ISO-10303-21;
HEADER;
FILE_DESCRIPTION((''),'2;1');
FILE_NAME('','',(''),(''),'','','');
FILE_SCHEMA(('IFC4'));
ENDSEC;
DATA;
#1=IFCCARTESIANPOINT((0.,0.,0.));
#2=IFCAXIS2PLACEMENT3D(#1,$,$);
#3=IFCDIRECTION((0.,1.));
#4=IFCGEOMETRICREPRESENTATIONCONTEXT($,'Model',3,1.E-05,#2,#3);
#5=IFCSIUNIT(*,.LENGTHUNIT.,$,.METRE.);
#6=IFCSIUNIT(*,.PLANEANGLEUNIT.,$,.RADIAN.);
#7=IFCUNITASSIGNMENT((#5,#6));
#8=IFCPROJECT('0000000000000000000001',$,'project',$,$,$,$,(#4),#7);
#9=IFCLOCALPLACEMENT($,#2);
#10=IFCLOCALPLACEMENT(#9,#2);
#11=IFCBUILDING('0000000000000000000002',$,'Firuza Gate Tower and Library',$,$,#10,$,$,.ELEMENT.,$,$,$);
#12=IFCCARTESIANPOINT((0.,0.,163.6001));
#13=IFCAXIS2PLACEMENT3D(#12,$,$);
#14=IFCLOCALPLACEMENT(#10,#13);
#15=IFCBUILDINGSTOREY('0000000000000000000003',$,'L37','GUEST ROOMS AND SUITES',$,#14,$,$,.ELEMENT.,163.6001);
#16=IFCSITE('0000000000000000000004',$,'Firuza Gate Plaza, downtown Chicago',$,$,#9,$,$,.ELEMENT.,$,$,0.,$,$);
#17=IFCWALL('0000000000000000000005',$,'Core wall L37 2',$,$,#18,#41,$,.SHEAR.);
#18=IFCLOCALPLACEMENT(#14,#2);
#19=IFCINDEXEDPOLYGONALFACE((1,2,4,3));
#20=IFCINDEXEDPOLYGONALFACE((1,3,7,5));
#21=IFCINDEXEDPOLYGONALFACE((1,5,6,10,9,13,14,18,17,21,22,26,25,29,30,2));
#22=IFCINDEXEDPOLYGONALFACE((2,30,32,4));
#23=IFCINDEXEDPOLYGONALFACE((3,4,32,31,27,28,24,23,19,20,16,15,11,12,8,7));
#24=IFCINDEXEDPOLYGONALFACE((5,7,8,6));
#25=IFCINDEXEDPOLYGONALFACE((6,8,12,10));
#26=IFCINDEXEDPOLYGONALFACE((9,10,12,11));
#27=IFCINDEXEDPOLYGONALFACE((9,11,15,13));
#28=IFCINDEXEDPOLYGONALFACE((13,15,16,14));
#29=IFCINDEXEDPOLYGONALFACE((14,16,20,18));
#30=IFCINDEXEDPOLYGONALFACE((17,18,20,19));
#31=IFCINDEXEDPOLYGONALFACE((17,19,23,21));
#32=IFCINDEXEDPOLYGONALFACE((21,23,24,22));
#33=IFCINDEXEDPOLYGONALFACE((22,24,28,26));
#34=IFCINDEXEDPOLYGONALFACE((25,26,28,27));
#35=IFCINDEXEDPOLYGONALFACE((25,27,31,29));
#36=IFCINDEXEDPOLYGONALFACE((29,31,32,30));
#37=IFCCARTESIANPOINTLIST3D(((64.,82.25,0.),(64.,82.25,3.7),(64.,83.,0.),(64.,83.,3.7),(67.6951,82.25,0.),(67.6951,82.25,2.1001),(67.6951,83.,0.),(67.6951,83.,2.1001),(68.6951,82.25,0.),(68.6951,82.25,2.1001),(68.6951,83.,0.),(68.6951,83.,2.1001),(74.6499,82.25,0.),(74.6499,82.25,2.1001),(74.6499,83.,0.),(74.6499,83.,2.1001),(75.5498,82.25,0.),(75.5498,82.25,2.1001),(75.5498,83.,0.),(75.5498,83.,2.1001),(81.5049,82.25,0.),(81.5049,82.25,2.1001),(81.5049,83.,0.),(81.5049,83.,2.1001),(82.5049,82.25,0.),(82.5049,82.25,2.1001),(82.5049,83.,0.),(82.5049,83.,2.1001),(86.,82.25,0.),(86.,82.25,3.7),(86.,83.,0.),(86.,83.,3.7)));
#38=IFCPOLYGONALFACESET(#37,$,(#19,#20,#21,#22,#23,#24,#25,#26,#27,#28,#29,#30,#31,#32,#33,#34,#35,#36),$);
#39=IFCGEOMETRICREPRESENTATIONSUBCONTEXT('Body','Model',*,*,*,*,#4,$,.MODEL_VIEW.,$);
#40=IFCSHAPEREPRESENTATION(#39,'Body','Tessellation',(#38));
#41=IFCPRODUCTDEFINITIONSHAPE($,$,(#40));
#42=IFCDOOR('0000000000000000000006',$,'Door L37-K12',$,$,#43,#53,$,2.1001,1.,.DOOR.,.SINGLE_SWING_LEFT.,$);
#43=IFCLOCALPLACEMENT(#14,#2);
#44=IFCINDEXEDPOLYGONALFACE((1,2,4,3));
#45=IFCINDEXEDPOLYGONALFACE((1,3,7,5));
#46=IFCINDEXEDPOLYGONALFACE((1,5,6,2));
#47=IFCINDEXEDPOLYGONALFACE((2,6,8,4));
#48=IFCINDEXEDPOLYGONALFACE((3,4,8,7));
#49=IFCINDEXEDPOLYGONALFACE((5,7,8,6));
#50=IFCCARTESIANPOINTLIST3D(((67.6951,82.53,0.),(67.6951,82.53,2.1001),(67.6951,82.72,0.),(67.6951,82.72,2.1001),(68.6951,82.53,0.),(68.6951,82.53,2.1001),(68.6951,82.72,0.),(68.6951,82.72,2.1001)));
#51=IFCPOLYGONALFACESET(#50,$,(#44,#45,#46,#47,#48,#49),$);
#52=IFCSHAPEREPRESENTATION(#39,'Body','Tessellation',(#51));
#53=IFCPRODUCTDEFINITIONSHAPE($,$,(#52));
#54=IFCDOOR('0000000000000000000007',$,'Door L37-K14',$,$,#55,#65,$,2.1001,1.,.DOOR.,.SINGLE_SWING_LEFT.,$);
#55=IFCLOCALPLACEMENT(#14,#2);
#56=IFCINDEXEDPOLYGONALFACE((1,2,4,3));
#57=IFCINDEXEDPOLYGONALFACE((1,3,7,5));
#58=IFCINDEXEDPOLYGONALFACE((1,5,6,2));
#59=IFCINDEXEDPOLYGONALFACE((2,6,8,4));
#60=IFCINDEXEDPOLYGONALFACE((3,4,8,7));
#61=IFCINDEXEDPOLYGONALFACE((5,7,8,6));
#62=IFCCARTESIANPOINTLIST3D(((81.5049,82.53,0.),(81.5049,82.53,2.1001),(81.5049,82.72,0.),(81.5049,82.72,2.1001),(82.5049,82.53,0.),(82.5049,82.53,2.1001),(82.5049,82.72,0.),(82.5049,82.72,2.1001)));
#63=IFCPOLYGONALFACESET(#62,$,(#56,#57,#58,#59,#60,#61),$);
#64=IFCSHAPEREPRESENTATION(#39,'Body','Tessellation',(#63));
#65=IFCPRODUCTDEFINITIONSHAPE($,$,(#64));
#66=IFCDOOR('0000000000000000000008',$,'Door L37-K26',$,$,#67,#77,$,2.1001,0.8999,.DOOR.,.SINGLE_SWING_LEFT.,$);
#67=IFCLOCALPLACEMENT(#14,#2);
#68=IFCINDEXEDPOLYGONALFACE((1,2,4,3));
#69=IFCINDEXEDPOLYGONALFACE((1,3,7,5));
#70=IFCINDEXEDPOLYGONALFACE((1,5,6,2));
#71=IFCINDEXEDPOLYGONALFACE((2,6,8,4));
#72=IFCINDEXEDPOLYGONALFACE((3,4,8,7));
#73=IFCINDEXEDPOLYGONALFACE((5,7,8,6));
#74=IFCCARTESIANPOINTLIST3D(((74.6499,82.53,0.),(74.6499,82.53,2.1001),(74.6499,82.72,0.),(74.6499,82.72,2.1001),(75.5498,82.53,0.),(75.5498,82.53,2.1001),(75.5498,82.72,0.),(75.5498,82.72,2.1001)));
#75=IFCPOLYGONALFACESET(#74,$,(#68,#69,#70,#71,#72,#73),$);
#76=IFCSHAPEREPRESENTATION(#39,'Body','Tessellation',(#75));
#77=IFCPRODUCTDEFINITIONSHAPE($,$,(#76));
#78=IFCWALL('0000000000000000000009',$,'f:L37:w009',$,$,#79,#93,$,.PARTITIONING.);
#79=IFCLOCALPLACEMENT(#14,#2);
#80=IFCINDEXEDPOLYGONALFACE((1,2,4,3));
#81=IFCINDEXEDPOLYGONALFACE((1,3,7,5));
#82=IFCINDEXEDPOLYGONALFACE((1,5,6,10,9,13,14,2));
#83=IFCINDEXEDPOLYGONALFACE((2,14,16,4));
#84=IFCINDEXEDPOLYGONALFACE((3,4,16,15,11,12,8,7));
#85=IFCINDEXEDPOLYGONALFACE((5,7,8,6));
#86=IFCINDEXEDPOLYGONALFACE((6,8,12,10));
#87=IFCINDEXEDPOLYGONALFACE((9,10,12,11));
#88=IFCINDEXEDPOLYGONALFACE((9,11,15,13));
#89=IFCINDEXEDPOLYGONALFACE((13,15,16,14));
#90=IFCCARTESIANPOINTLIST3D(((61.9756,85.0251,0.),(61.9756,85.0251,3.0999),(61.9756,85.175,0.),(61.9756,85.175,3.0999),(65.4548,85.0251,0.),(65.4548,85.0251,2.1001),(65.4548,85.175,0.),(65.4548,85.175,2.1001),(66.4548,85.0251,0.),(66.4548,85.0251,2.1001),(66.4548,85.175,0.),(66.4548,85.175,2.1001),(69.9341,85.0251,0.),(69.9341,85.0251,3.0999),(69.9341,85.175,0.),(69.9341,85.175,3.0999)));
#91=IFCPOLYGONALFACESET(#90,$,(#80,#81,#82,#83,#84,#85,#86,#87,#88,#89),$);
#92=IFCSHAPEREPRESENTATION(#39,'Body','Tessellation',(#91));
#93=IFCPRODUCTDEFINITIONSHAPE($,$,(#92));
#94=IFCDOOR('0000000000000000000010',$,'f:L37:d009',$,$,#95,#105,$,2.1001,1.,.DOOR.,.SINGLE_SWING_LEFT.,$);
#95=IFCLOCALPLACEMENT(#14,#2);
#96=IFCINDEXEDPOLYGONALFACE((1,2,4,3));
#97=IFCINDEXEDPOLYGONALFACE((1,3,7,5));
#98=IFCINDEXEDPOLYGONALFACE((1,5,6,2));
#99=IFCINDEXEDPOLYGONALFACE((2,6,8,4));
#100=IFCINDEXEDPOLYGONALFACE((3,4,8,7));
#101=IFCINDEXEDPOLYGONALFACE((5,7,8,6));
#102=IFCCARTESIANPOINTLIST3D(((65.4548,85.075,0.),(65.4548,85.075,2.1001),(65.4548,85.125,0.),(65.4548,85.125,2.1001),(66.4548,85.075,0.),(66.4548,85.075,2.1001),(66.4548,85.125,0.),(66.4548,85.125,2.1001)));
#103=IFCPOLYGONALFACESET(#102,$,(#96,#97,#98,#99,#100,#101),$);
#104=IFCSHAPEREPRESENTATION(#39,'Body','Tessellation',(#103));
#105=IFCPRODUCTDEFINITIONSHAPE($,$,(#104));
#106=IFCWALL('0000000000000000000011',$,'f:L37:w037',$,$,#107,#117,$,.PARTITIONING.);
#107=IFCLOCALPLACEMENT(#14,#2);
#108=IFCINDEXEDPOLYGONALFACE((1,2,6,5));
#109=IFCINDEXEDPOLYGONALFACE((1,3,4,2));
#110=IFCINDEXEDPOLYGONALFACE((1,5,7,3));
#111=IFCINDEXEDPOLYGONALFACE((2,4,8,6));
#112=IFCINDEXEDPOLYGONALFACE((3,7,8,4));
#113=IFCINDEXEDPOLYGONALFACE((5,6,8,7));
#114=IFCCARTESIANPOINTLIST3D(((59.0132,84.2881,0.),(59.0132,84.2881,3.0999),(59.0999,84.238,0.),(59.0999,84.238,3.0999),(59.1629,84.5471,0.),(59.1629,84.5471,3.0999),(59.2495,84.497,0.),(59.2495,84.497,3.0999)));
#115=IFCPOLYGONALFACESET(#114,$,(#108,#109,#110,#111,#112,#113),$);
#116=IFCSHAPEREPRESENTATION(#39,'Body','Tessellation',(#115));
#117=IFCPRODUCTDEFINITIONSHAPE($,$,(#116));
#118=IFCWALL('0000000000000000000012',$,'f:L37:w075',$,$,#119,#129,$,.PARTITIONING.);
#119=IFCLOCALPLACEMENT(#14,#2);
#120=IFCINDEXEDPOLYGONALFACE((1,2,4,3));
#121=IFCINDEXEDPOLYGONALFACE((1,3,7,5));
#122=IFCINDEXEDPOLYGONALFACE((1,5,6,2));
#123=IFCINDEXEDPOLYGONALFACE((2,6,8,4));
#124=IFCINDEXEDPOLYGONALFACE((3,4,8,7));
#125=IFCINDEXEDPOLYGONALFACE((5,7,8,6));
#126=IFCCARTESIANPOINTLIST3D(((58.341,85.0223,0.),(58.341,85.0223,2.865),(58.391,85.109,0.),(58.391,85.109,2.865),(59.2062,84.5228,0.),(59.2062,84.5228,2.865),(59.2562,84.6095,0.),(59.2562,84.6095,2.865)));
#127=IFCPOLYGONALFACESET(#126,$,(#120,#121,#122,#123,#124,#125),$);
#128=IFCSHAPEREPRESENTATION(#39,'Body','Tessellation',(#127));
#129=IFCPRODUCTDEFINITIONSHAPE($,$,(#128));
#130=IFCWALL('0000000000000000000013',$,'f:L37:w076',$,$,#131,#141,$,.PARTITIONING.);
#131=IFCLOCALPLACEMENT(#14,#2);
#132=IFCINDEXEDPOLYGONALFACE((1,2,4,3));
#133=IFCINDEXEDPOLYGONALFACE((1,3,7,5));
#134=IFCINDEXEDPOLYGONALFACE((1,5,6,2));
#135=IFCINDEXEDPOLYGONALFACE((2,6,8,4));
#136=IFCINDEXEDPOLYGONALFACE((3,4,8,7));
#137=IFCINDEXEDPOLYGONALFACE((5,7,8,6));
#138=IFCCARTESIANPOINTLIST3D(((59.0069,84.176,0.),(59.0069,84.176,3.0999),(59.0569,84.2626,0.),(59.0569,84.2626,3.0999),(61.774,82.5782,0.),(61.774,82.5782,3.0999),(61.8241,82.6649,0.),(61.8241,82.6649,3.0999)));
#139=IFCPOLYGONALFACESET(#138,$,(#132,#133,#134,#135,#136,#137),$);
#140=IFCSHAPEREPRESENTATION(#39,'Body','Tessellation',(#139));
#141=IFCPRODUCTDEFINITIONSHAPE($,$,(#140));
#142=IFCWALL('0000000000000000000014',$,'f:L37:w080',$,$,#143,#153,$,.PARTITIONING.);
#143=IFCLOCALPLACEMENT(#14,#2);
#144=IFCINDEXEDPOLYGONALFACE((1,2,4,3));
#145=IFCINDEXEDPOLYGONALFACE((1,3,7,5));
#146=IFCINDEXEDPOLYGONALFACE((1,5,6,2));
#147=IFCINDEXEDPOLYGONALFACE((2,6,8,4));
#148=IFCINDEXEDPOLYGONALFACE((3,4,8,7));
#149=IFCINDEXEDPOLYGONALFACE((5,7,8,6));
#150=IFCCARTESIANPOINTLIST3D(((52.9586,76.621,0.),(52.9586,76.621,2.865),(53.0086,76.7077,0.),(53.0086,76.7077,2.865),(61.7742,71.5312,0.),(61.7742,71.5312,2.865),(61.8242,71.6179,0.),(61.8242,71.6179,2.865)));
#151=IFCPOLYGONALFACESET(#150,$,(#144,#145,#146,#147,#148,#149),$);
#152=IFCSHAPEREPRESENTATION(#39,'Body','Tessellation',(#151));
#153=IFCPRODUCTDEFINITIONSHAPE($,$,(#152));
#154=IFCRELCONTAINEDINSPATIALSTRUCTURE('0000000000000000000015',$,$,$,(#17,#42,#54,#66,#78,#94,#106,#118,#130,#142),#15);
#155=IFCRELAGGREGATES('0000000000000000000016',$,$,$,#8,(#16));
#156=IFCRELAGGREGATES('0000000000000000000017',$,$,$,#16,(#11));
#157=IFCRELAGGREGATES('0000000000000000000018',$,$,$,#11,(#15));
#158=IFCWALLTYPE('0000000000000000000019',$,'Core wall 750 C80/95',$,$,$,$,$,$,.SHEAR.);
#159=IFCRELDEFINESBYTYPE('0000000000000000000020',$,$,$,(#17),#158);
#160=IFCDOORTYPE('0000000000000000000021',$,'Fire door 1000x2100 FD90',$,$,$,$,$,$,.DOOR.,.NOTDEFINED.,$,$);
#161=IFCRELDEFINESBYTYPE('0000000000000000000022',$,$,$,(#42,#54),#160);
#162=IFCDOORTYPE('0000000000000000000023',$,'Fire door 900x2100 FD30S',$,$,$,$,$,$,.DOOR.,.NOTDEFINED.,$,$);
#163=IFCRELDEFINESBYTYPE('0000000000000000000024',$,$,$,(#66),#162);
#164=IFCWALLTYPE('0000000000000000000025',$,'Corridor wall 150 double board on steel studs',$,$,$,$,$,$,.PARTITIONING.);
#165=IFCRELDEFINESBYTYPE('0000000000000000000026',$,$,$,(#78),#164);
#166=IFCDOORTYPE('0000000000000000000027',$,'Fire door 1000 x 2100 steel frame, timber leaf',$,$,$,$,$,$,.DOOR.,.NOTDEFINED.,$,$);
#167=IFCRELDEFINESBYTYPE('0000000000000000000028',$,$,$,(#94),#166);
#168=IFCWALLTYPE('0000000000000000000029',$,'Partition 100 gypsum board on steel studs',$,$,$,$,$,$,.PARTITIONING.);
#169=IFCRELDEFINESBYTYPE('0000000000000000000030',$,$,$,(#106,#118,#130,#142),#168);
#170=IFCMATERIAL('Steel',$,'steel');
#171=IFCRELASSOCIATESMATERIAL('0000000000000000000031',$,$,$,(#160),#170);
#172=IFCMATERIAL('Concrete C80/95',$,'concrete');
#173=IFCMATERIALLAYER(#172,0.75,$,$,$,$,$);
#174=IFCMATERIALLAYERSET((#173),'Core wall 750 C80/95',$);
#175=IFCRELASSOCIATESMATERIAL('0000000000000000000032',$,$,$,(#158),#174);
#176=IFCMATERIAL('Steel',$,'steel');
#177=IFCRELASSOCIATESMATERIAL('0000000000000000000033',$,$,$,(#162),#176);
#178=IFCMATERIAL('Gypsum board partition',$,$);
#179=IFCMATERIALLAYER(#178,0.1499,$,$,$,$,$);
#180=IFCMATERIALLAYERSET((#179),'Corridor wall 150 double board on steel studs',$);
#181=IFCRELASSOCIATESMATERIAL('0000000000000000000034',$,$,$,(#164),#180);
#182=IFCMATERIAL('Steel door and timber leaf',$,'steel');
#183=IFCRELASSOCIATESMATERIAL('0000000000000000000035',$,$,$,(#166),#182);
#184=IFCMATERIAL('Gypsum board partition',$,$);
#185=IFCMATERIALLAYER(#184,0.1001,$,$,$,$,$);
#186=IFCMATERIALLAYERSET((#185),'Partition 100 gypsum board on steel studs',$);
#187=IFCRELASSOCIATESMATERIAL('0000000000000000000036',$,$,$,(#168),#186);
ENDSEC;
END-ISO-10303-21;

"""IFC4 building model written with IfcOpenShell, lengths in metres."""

from ifc_helpers import new_model, si_unit, direction, frame, frame_2d, origin, place, context, subcontext, project, spatial, rectangle, extrude, material, layer, layer_set, type_object, element, fill, save


model = new_model("IFC4")

# Units and contexts
model_context = context("Model", 3, precision=1e-05, world=origin(), true_north=direction((0.0, 1.0)))
body_context = subcontext(model_context, "Body", "Model", "MODEL_VIEW")
ifc_project = project(units=[si_unit("LENGTHUNIT", "METRE"), si_unit("PLANEANGLEUNIT", "RADIAN")], contexts=[model_context])

# Site, building, storey
site_placement = place(None, origin())
site = spatial("IfcSite", under=ifc_project, at=site_placement, Name="Firuza Gate Plaza, downtown Chicago", CompositionType="ELEMENT", RefElevation=0.0)
building_placement = place(site_placement, origin())
building = spatial("IfcBuilding", under=site, at=building_placement, Name="Firuza Gate Tower and Library", CompositionType="ELEMENT")
storey_placement = place(building_placement, frame((0.0, 0.0, 163.6001)))
storey = spatial("IfcBuildingStorey", under=building, at=storey_placement, Name="L37", Description="GUEST ROOMS AND SUITES", CompositionType="ELEMENT", Elevation=163.6001)

# Shared definitions
ifc_material_1 = material(Name="Steel", Category="steel")
door_type_1 = type_object("IfcDoorType", Name="Fire door 1000x2100 FD90", OperationType="NOTDEFINED", PredefinedType="DOOR", material=ifc_material_1)

# Wall, openings, doors
ifc_material_2 = material(Name="Concrete C80/95", Category="concrete")
ifc_layer_1 = layer(ifc_material_2, 0.75)
ifc_layer_set_1 = layer_set([ifc_layer_1], Name="Core wall 750 C80/95")
wall_type_1 = type_object("IfcWallType", Name="Core wall 750 C80/95", PredefinedType="SHEAR", material=ifc_layer_set_1)
wall_1_placement = place(storey_placement, frame((64.0, 82.625, 0.0), z_axis=(0.0, 0.0, 1.0), x_axis=(1.0, 0.0, 0.0)))
wall_1 = element("IfcWall", 1, at=wall_1_placement, inside=storey, type_object=wall_type_1, Name="Core wall L37 2", PredefinedType="SHEAR", context=body_context, shape_type="SweptSolid", body=[
    extrude(rectangle(XDim=22.0, YDim=0.75, at=frame_2d((11.0, 0.0))), origin(), (0.0, 0.0, 1.0), 3.7),
])
opening_1_placement = place(wall_1_placement, frame((3.6951, 0.0, 0.0)))
opening_1 = element("IfcOpeningElement", 2, at=opening_1_placement, cuts=wall_1, PredefinedType="OPENING", context=body_context, shape_type="SweptSolid", body=[
    extrude(rectangle(XDim=1.0, YDim=2.1001, at=frame_2d((0.5, 1.05))), frame((0.0, 0.385, 0.0), z_axis=(0.0, -1.0, 0.0), x_axis=(1.0, 0.0, 0.0)), (0.0, 0.0, 1.0), 0.77),
])
opening_2_placement = place(wall_1_placement, frame((17.5049, 0.0, 0.0)))
opening_2 = element("IfcOpeningElement", 3, at=opening_2_placement, cuts=wall_1, PredefinedType="OPENING", context=body_context, shape_type="SweptSolid", body=[
    extrude(rectangle(XDim=1.0, YDim=2.1001, at=frame_2d((0.5, 1.05))), frame((0.0, 0.385, 0.0), z_axis=(0.0, -1.0, 0.0), x_axis=(1.0, 0.0, 0.0)), (0.0, 0.0, 1.0), 0.77),
])
opening_3_placement = place(wall_1_placement, frame((10.6499, 0.0, 0.0)))
opening_3 = element("IfcOpeningElement", 4, at=opening_3_placement, cuts=wall_1, PredefinedType="OPENING", context=body_context, shape_type="SweptSolid", body=[
    extrude(rectangle(XDim=0.8999, YDim=2.1001, at=frame_2d((0.45, 1.05))), frame((0.0, 0.385, 0.0), z_axis=(0.0, -1.0, 0.0), x_axis=(1.0, 0.0, 0.0)), (0.0, 0.0, 1.0), 0.77),
])
door_1_placement = place(opening_1_placement, origin())
door_1 = element("IfcDoor", 5, at=door_1_placement, inside=storey, type_object=door_type_1, Name="Door L37-K12", OperationType="SINGLE_SWING_LEFT", OverallHeight=2.1001, OverallWidth=1.0, PredefinedType="DOOR", context=body_context, shape_type="SweptSolid", body=[
    extrude(rectangle(XDim=1.0, YDim=2.1001, at=frame_2d((0.5, 1.05))), frame((0.0, 0.095, 0.0), z_axis=(0.0, -1.0, 0.0), x_axis=(1.0, 0.0, 0.0)), (0.0, 0.0, 1.0), 0.1899),
])
fill(opening_1, door_1)
door_2_placement = place(opening_2_placement, origin())
door_2 = element("IfcDoor", 6, at=door_2_placement, inside=storey, type_object=door_type_1, Name="Door L37-K14", OperationType="SINGLE_SWING_LEFT", OverallHeight=2.1001, OverallWidth=1.0, PredefinedType="DOOR", context=body_context, shape_type="SweptSolid", body=[
    extrude(rectangle(XDim=1.0, YDim=2.1001, at=frame_2d((0.5, 1.05))), frame((0.0, 0.095, 0.0), z_axis=(0.0, -1.0, 0.0), x_axis=(1.0, 0.0, 0.0)), (0.0, 0.0, 1.0), 0.1899),
])
fill(opening_2, door_2)
ifc_material_3 = material(Name="Steel", Category="steel")
door_type_2 = type_object("IfcDoorType", Name="Fire door 900x2100 FD30S", OperationType="NOTDEFINED", PredefinedType="DOOR", material=ifc_material_3)
door_3_placement = place(opening_3_placement, origin())
door_3 = element("IfcDoor", 7, at=door_3_placement, inside=storey, type_object=door_type_2, Name="Door L37-K26", OperationType="SINGLE_SWING_LEFT", OverallHeight=2.1001, OverallWidth=0.8999, PredefinedType="DOOR", context=body_context, shape_type="SweptSolid", body=[
    extrude(rectangle(XDim=0.8999, YDim=2.1001, at=frame_2d((0.45, 1.05))), frame((0.0, 0.095, 0.0), z_axis=(0.0, -1.0, 0.0), x_axis=(1.0, 0.0, 0.0)), (0.0, 0.0, 1.0), 0.1899),
])
fill(opening_3, door_3)

# Wall, opening, door
ifc_material_4 = material(Name="Gypsum board partition")
ifc_layer_2 = layer(ifc_material_4, 0.1499)
ifc_layer_set_2 = layer_set([ifc_layer_2], Name="Corridor wall 150 double board on steel studs")
wall_type_2 = type_object("IfcWallType", Name="Corridor wall 150 double board on steel studs", PredefinedType="PARTITIONING", material=ifc_layer_set_2)
wall_2_placement = place(storey_placement, frame((61.9756, 85.1001, 0.0), z_axis=(0.0, 0.0, 1.0), x_axis=(1.0, 0.0, 0.0)))
wall_2 = element("IfcWall", 8, at=wall_2_placement, inside=storey, type_object=wall_type_2, Name="f:L37:w009", PredefinedType="PARTITIONING", context=body_context, shape_type="SweptSolid", body=[
    extrude(rectangle(XDim=7.9585, YDim=0.1499, at=frame_2d((3.9792, 0.0))), origin(), (0.0, 0.0, 1.0), 3.0999),
])
opening_4_placement = place(wall_2_placement, frame((3.4792, 0.0, 0.0)))
opening_4 = element("IfcOpeningElement", 9, at=opening_4_placement, cuts=wall_2, PredefinedType="OPENING", context=body_context, shape_type="SweptSolid", body=[
    extrude(rectangle(XDim=1.0, YDim=2.1001, at=frame_2d((0.5, 1.05))), frame((0.0, 0.085, 0.0), z_axis=(0.0, -1.0, 0.0), x_axis=(1.0, 0.0, 0.0)), (0.0, 0.0, 1.0), 0.1699),
])
ifc_material_5 = material(Name="Steel door and timber leaf", Category="steel")
door_type_3 = type_object("IfcDoorType", Name="Fire door 1000 x 2100 steel frame, timber leaf", OperationType="NOTDEFINED", PredefinedType="DOOR", material=ifc_material_5)
door_4_placement = place(opening_4_placement, origin())
door_4 = element("IfcDoor", 10, at=door_4_placement, inside=storey, type_object=door_type_3, Name="f:L37:d009", OperationType="SINGLE_SWING_LEFT", OverallHeight=2.1001, OverallWidth=1.0, PredefinedType="DOOR", context=body_context, shape_type="SweptSolid", body=[
    extrude(rectangle(XDim=1.0, YDim=2.1001, at=frame_2d((0.5, 1.05))), frame((0.0, 0.0249, 0.0), z_axis=(0.0, -1.0, 0.0), x_axis=(1.0, 0.0, 0.0)), (0.0, 0.0, 1.0), 0.05),
])
fill(opening_4, door_4)

# Walls
ifc_material_6 = material(Name="Gypsum board partition")
ifc_layer_3 = layer(ifc_material_6, 0.1001)
ifc_layer_set_3 = layer_set([ifc_layer_3], Name="Partition 100 gypsum board on steel studs")
wall_type_3 = type_object("IfcWallType", Name="Partition 100 gypsum board on steel studs", PredefinedType="PARTITIONING", material=ifc_layer_set_3)
wall_3_placement = place(storey_placement, frame((59.0566, 84.2632, 0.0), z_axis=(0.0, 0.0, 1.0), x_axis=(0.500264, 0.865873, 0.0)))
element("IfcWall", 11, at=wall_3_placement, inside=storey, type_object=wall_type_3, Name="f:L37:w037", PredefinedType="PARTITIONING", context=body_context, shape_type="SweptSolid", body=[
    extrude(rectangle(XDim=0.2991, YDim=0.1001, at=frame_2d((0.1494, 0.0))), origin(), (0.0, 0.0, 1.0), 3.0999),
])
wall_4_placement = place(storey_placement, frame((59.2312, 84.5662, 0.0), z_axis=(0.0, 0.0, 1.0), x_axis=(-0.866039, 0.499976, 0.0)))
element("IfcWall", 12, at=wall_4_placement, inside=storey, type_object=wall_type_3, Name="f:L37:w075", PredefinedType="PARTITIONING", context=body_context, shape_type="SweptSolid", body=[
    extrude(rectangle(XDim=0.999, YDim=0.1001, at=frame_2d((0.4995, 0.0))), origin(), (0.0, 0.0, 1.0), 2.865),
])
wall_5_placement = place(storey_placement, frame((61.7991, 82.6216, 0.0), z_axis=(0.0, 0.0, 1.0), x_axis=(-0.866015, 0.500018, 0.0)))
element("IfcWall", 13, at=wall_5_placement, inside=storey, type_object=wall_type_3, Name="f:L37:w076", PredefinedType="PARTITIONING", context=body_context, shape_type="SweptSolid", body=[
    extrude(rectangle(XDim=3.1953, YDim=0.1001, at=frame_2d((1.5977, 0.0))), origin(), (0.0, 0.0, 1.0), 3.0999),
])
wall_6_placement = place(storey_placement, frame((61.7993, 71.5745, 0.0), z_axis=(0.0, 0.0, 1.0), x_axis=(-0.866021, 0.500008, 0.0)))
element("IfcWall", 14, at=wall_6_placement, inside=storey, type_object=wall_type_3, Name="f:L37:w080", PredefinedType="PARTITIONING", context=body_context, shape_type="SweptSolid", body=[
    extrude(rectangle(XDim=10.1794, YDim=0.1001, at=frame_2d((5.0898, 0.0))), origin(), (0.0, 0.0, 1.0), 2.865),
])

save(model, "model.ifc")
